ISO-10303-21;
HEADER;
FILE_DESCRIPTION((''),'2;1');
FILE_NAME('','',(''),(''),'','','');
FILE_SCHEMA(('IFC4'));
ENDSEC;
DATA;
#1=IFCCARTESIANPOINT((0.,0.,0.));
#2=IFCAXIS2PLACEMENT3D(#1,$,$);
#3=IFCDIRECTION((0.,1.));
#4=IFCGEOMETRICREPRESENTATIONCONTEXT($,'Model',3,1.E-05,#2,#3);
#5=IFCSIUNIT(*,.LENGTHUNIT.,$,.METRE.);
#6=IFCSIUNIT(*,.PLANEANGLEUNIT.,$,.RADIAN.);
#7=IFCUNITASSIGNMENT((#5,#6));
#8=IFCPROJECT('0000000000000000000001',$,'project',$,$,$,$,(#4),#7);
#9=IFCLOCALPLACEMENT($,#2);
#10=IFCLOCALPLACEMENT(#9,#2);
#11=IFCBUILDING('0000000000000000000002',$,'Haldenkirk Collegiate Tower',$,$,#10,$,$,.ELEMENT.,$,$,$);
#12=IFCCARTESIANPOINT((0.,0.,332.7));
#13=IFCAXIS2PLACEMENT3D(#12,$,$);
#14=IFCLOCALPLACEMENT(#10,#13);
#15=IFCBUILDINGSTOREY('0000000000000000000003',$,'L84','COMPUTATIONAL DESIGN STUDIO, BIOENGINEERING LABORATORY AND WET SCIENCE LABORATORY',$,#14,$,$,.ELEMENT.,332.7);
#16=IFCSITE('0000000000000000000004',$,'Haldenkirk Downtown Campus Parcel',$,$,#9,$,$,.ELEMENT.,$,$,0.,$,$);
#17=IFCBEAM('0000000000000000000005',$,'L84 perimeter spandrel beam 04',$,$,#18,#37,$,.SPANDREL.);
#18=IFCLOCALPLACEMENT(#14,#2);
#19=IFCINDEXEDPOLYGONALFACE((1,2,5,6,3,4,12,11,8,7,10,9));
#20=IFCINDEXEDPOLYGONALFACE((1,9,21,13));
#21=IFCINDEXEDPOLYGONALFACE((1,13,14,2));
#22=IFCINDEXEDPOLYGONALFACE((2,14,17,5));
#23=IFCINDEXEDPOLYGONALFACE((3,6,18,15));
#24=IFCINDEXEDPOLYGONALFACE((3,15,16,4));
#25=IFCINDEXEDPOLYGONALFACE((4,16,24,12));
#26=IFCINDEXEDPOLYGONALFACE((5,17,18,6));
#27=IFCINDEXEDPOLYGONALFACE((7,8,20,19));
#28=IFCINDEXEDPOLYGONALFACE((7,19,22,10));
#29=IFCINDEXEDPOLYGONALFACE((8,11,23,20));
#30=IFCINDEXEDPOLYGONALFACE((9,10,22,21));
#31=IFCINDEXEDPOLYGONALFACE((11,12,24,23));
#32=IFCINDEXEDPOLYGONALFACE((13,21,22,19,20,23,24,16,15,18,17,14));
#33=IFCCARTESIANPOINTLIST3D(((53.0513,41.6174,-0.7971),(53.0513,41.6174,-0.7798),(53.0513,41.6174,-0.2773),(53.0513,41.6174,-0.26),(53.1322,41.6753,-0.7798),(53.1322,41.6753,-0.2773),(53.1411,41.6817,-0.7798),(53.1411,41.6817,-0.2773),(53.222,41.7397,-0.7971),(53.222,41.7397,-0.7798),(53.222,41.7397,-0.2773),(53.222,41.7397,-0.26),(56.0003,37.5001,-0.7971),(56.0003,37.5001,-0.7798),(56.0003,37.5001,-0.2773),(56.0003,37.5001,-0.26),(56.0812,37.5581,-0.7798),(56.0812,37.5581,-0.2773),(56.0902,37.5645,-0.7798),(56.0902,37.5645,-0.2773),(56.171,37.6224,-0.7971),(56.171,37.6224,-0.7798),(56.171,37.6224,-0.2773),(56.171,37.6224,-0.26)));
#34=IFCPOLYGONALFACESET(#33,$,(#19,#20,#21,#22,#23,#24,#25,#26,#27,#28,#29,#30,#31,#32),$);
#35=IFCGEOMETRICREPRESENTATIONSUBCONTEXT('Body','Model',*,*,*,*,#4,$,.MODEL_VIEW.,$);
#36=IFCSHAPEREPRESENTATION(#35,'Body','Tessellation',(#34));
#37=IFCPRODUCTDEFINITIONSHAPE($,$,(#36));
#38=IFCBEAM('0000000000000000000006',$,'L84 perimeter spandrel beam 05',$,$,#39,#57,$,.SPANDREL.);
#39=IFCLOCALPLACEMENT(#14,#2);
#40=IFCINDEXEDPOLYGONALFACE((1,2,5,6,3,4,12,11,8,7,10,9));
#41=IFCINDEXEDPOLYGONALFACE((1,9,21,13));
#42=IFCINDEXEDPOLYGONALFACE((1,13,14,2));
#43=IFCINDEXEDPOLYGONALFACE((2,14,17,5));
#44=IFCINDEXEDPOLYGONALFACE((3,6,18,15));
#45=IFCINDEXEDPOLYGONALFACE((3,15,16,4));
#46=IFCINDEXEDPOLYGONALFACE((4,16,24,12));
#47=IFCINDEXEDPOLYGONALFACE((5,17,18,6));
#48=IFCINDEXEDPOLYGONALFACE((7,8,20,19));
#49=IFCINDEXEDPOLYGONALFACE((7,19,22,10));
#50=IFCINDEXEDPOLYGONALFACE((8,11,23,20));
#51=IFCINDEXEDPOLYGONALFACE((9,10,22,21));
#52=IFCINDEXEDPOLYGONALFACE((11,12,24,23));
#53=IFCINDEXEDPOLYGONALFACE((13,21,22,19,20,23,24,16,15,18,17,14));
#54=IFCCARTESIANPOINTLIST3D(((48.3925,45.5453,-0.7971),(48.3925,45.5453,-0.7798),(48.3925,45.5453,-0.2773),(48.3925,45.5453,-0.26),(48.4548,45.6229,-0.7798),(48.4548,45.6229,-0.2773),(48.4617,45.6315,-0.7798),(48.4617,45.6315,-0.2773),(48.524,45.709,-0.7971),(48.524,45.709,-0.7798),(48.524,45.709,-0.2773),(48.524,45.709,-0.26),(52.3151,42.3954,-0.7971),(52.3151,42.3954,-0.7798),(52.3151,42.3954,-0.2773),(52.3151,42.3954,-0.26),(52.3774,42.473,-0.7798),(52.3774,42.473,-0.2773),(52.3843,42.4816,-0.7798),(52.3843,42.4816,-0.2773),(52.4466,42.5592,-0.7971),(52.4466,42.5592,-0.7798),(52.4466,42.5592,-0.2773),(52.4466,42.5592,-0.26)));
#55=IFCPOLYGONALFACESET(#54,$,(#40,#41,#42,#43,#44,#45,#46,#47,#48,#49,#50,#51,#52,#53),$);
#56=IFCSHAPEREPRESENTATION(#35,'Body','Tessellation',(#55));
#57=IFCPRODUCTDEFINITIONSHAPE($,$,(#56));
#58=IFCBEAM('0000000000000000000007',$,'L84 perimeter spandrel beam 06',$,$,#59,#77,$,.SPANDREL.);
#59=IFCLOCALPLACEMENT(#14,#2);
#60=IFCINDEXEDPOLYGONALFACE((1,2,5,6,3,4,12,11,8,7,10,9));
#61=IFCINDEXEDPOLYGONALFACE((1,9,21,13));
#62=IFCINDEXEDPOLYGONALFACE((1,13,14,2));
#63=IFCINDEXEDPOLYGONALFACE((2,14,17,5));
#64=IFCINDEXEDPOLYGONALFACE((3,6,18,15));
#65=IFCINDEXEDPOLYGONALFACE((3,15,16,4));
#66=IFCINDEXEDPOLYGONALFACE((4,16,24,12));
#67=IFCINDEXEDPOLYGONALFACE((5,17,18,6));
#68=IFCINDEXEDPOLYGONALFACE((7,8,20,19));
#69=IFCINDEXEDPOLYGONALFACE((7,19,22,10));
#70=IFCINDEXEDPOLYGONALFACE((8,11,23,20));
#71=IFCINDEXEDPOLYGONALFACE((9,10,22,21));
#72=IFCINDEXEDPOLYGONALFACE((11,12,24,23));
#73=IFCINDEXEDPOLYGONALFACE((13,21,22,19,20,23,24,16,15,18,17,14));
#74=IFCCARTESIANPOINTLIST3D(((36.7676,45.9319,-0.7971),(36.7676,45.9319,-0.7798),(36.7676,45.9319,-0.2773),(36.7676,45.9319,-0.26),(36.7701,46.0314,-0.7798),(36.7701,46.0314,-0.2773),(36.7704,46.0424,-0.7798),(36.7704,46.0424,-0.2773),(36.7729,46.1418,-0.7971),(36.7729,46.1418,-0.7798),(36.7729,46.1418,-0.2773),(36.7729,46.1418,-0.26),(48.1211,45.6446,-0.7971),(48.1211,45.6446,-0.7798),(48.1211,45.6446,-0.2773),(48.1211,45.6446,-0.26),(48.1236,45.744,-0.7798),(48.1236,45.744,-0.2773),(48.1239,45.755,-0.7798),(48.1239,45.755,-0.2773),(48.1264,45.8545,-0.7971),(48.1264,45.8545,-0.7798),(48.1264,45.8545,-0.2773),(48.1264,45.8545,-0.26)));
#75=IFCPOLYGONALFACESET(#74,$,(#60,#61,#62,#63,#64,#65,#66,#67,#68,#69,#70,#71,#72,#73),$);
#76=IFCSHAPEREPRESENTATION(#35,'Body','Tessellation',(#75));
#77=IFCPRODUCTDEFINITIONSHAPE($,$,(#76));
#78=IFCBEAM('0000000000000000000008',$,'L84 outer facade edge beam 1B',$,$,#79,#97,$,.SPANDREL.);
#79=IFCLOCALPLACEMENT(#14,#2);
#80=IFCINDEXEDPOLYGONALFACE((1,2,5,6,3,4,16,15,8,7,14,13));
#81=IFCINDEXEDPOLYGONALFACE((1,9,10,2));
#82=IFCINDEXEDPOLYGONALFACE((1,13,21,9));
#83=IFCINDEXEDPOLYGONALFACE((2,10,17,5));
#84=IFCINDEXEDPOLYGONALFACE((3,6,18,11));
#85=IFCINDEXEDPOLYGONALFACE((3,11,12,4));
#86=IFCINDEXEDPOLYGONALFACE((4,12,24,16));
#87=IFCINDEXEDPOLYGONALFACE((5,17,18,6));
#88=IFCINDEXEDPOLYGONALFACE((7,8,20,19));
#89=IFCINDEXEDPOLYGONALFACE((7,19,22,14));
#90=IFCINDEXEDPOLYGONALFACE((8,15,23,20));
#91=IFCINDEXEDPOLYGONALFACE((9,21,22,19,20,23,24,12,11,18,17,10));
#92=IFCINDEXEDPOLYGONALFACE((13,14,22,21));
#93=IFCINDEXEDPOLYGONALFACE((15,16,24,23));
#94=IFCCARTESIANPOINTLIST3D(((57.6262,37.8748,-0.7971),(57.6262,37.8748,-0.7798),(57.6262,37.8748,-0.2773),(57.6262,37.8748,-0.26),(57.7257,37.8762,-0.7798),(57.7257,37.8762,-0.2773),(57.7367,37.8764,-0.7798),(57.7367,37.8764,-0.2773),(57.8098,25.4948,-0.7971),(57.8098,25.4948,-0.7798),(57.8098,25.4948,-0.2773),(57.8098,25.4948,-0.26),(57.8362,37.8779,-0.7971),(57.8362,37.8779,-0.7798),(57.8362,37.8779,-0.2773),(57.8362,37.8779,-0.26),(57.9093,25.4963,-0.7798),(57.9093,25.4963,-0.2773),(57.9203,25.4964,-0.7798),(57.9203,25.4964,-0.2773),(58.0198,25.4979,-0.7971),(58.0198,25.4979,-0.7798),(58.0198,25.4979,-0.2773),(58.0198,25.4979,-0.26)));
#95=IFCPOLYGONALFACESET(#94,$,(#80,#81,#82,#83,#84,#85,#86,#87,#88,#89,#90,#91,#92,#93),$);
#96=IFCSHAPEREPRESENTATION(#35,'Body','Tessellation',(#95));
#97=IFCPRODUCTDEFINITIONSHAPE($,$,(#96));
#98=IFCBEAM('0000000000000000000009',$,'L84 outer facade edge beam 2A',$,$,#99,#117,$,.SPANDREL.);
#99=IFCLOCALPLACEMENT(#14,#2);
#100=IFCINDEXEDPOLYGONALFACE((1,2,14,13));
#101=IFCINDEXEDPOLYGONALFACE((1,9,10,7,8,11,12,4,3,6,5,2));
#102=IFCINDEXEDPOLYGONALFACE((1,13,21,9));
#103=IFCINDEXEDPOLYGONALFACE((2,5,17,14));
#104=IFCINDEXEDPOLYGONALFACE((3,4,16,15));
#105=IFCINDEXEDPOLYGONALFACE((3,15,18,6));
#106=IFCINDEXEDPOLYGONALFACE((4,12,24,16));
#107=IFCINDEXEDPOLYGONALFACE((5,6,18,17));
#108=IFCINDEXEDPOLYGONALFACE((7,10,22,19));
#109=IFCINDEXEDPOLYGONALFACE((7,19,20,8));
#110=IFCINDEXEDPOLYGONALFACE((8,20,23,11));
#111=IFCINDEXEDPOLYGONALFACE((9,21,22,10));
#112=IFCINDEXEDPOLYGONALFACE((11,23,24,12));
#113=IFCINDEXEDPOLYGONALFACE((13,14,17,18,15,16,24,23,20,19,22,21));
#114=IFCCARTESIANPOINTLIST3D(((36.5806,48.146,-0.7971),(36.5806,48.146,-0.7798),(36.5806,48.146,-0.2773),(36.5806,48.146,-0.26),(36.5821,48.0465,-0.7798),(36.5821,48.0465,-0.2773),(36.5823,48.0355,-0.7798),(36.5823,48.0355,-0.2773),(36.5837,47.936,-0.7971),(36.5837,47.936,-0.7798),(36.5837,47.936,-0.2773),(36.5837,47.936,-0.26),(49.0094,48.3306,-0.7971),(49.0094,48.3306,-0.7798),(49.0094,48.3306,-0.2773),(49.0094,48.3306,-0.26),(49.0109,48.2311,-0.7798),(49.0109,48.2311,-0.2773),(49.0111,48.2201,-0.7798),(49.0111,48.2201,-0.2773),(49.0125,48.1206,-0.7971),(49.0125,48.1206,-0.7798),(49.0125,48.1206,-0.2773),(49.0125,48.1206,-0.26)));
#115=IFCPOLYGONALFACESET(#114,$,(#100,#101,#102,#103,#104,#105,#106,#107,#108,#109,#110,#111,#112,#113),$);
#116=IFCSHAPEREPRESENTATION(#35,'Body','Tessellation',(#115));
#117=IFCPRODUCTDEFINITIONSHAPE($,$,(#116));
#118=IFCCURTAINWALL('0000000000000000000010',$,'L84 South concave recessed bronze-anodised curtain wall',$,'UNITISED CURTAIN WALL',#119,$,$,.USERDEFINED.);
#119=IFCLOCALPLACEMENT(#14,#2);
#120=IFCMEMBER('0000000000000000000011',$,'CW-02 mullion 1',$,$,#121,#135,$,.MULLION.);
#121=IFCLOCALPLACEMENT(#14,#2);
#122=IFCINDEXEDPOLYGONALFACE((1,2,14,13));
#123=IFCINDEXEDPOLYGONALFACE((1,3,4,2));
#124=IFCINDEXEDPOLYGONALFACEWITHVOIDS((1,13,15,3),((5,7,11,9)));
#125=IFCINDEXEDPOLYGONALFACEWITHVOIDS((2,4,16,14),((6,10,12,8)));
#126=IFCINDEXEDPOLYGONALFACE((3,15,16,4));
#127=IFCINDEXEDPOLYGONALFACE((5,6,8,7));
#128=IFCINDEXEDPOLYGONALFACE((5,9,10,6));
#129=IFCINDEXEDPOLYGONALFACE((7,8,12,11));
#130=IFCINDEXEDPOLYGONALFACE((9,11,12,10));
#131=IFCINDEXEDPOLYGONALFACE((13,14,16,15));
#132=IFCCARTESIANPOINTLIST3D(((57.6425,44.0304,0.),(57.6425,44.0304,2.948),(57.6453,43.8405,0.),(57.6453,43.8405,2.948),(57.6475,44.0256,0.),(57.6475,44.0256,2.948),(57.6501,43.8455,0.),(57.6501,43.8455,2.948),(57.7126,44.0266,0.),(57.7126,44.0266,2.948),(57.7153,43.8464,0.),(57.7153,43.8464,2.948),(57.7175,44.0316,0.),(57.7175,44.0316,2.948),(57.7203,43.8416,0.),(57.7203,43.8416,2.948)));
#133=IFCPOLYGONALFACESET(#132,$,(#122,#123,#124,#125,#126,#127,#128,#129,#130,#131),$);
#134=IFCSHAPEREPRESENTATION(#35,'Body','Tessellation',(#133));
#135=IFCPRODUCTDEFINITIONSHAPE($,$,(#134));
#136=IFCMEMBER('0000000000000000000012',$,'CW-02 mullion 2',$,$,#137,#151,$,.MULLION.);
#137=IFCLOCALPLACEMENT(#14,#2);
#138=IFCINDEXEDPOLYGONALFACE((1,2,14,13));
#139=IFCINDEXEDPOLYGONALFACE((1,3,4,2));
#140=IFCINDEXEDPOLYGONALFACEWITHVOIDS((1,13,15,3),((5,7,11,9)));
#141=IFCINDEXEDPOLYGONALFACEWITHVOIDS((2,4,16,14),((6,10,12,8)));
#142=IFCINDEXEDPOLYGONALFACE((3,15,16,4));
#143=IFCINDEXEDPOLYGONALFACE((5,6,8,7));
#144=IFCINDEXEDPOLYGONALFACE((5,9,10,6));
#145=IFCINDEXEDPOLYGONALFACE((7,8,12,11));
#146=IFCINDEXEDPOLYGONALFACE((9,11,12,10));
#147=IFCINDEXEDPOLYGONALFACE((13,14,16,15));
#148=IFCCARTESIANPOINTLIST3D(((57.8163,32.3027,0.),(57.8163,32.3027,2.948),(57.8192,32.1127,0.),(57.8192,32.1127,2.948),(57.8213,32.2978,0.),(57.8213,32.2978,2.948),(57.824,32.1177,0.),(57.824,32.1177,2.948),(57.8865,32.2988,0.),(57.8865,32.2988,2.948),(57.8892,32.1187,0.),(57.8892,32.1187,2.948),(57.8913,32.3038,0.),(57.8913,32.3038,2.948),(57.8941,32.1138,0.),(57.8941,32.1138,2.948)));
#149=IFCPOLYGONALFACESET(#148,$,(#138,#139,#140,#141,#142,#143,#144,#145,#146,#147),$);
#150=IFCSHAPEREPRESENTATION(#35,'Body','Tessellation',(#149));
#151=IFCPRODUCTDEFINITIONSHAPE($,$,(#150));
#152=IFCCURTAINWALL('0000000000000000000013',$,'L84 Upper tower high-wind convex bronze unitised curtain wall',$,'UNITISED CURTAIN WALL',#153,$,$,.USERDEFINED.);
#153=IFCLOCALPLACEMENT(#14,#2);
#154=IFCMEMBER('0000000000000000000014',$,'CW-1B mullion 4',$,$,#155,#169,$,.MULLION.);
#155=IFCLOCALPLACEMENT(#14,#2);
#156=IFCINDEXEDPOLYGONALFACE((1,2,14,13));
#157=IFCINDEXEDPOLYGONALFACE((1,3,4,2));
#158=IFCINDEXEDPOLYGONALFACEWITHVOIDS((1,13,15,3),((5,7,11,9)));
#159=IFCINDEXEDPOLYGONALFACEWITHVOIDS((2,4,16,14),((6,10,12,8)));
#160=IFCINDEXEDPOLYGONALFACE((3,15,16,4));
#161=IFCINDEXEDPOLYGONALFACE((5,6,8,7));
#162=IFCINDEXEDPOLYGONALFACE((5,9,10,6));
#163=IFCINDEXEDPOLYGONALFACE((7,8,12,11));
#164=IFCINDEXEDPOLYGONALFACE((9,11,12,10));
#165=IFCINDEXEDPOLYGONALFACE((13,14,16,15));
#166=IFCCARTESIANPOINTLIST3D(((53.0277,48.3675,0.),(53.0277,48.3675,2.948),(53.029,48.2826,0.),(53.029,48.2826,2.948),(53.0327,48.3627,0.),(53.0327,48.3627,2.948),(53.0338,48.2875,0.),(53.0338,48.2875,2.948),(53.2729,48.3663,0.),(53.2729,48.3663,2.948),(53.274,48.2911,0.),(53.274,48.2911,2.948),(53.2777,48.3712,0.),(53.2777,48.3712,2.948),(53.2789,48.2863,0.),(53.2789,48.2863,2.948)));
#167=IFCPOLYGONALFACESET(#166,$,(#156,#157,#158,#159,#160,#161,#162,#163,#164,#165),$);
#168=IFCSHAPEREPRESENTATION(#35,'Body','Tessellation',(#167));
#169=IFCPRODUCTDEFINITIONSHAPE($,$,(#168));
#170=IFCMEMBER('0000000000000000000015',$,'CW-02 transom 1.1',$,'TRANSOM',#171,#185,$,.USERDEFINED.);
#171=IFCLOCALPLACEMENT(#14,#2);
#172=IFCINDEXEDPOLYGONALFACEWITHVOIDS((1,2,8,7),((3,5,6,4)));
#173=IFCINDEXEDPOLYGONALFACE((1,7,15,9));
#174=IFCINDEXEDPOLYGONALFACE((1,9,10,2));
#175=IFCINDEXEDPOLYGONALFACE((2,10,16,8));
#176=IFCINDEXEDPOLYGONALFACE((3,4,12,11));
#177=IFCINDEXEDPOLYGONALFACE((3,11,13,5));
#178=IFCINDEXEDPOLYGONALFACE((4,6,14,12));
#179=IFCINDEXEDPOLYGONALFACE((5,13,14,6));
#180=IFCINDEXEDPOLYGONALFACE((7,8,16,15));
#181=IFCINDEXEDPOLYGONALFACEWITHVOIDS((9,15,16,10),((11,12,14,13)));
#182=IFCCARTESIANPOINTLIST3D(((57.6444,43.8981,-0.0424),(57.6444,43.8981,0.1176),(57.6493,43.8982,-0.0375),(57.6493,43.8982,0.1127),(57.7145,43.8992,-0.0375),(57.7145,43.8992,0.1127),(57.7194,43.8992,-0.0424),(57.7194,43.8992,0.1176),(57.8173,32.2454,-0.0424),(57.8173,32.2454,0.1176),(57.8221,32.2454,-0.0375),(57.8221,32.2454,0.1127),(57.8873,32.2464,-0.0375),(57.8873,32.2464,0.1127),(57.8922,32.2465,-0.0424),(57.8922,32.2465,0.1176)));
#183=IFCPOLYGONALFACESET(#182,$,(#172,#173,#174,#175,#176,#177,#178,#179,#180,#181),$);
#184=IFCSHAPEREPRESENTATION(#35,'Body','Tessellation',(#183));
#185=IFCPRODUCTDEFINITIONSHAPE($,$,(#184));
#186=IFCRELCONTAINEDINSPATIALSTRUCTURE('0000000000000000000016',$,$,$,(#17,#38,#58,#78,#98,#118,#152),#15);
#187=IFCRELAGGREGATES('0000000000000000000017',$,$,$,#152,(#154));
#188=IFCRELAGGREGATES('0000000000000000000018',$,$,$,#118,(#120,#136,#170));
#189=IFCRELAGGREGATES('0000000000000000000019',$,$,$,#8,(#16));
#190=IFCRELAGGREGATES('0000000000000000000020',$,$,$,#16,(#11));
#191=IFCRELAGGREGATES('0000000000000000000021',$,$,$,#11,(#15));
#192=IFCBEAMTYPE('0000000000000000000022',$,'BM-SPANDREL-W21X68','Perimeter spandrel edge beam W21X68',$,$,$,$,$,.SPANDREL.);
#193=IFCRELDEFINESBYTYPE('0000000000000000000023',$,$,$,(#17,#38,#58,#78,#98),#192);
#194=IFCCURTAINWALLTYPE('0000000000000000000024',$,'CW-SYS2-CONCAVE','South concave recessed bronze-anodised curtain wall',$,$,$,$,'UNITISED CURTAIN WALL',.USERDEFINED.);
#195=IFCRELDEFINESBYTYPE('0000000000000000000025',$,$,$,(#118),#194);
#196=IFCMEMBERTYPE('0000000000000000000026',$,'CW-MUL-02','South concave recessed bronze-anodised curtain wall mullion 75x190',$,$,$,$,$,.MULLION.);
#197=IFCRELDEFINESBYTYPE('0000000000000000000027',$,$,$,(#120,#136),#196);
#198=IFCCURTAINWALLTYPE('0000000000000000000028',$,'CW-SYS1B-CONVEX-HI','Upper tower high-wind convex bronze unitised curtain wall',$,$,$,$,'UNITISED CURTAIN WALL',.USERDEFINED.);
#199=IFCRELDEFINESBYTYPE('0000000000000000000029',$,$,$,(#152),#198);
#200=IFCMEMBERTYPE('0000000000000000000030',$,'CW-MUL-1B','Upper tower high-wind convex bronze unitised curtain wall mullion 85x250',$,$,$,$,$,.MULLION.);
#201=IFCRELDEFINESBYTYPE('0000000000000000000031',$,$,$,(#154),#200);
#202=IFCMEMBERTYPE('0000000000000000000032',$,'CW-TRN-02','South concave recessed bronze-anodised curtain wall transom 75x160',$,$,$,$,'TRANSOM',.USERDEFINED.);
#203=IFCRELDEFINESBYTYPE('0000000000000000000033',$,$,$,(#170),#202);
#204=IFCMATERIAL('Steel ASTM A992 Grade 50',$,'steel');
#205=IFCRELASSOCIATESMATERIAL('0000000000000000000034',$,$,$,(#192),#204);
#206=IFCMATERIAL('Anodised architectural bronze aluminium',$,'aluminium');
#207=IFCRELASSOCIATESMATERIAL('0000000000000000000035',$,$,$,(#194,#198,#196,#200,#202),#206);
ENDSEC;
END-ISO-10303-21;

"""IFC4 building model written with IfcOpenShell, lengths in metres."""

from ifc_helpers import new_model, si_unit, direction, frame, origin, origin_2d, place, context, subcontext, project, spatial, hollow_rectangle, i_section, extrude, material, material_profile, profile_set, type_object, element, aggregate, save


model = new_model("IFC4")

# Units and contexts
model_context = context("Model", 3, precision=1e-05, world=origin(), true_north=direction((0.0, 1.0)))
body_context = subcontext(model_context, "Body", "Model", "MODEL_VIEW")
ifc_project = project(units=[si_unit("LENGTHUNIT", "METRE"), si_unit("PLANEANGLEUNIT", "RADIAN")], contexts=[model_context])

# Site, building, storey
site_placement = place(None, origin())
site = spatial("IfcSite", under=ifc_project, at=site_placement, Name="Haldenkirk Downtown Campus Parcel", CompositionType="ELEMENT", RefElevation=0.0)
building_placement = place(site_placement, origin())
building = spatial("IfcBuilding", under=site, at=building_placement, Name="Haldenkirk Collegiate Tower", CompositionType="ELEMENT")
storey_placement = place(building_placement, frame((0.0, 0.0, 332.7)))
storey = spatial("IfcBuildingStorey", under=building, at=storey_placement, Name="L84", Description="COMPUTATIONAL DESIGN STUDIO, BIOENGINEERING LABORATORY AND WET SCIENCE LABORATORY", CompositionType="ELEMENT", Elevation=332.7)

# Beams
ifc_material_1 = material(Name="Steel ASTM A992 Grade 50", Category="steel")
ifc_material_profile_1 = material_profile(ifc_material_1, i_section(OverallWidth=0.21, OverallDepth=0.5371, WebThickness=0.011, FlangeThickness=0.0173, at=origin_2d()), Name="W21X68")
ifc_profile_set_1 = profile_set([ifc_material_profile_1], Name="Steel ASTM A992 Grade 50")
beam_type_1 = type_object("IfcBeamType", Name="BM-SPANDREL-W21X68", Description="Perimeter spandrel edge beam W21X68", PredefinedType="SPANDREL", material=ifc_profile_set_1)
beam_1_placement = place(storey_placement, frame((56.0857, 37.5613, -0.5286), z_axis=(-0.5823, 0.812974, 0.0), x_axis=(-0.812974, -0.5823, 0.0)))
element("IfcBeam", 1, at=beam_1_placement, inside=storey, type_object=beam_type_1, Name="L84 perimeter spandrel beam 04", PredefinedType="SPANDREL", context=body_context, shape_type="SweptSolid", body=[
    extrude(i_section(OverallWidth=0.21, OverallDepth=0.5371, WebThickness=0.011, FlangeThickness=0.0173, at=origin_2d()), origin(), (0.0, 0.0, 1.0), 5.0645),
])
beam_2_placement = place(storey_placement, frame((52.3809, 42.4773, -0.5286), z_axis=(-0.779722, 0.626126, 0.0), x_axis=(-0.626126, -0.779722, 0.0)))
element("IfcBeam", 2, at=beam_2_placement, inside=storey, type_object=beam_type_1, Name="L84 perimeter spandrel beam 05", PredefinedType="SPANDREL", context=body_context, shape_type="SweptSolid", body=[
    extrude(i_section(OverallWidth=0.21, OverallDepth=0.5371, WebThickness=0.011, FlangeThickness=0.0173, at=origin_2d()), origin(), (0.0, 0.0, 1.0), 5.0308),
])
beam_3_placement = place(storey_placement, frame((48.1238, 45.7495, -0.5286), z_axis=(-0.99968, 0.025302, 0.0), x_axis=(-0.025302, -0.99968, 0.0)))
element("IfcBeam", 3, at=beam_3_placement, inside=storey, type_object=beam_type_1, Name="L84 perimeter spandrel beam 06", PredefinedType="SPANDREL", context=body_context, shape_type="SweptSolid", body=[
    extrude(i_section(OverallWidth=0.21, OverallDepth=0.5371, WebThickness=0.011, FlangeThickness=0.0173, at=origin_2d()), origin(), (0.0, 0.0, 1.0), 11.3572),
])
beam_4_placement = place(storey_placement, frame((57.9148, 25.4963, -0.5286), z_axis=(-0.014828, 0.99989, 0.0), x_axis=(-0.99989, -0.014828, 0.0)))
element("IfcBeam", 4, at=beam_4_placement, inside=storey, type_object=beam_type_1, Name="L84 outer facade edge beam 1B", PredefinedType="SPANDREL", context=body_context, shape_type="SweptSolid", body=[
    extrude(i_section(OverallWidth=0.21, OverallDepth=0.5371, WebThickness=0.011, FlangeThickness=0.0173, at=origin_2d()), origin(), (0.0, 0.0, 1.0), 12.3813),
])
beam_5_placement = place(storey_placement, frame((49.011, 48.2256, -0.5286), z_axis=(-0.99989, -0.014849, 0.0), x_axis=(0.014849, -0.99989, 0.0)))
element("IfcBeam", 5, at=beam_5_placement, inside=storey, type_object=beam_type_1, Name="L84 outer facade edge beam 2A", PredefinedType="SPANDREL", context=body_context, shape_type="SweptSolid", body=[
    extrude(i_section(OverallWidth=0.21, OverallDepth=0.5371, WebThickness=0.011, FlangeThickness=0.0173, at=origin_2d()), origin(), (0.0, 0.0, 1.0), 12.4302),
])

# Curtain wall, members
ifc_material_2 = material(Name="Anodised architectural bronze aluminium", Category="aluminium")
curtain_wall_type_1 = type_object("IfcCurtainWallType", Name="CW-SYS2-CONCAVE", Description="South concave recessed bronze-anodised curtain wall", ElementType="UNITISED CURTAIN WALL", PredefinedType="USERDEFINED", material=ifc_material_2)
curtain_wall_1_placement = place(storey_placement, origin())
curtain_wall_1 = element("IfcCurtainWall", 6, at=curtain_wall_1_placement, inside=storey, type_object=curtain_wall_type_1, Name="L84 South concave recessed bronze-anodised curtain wall", ObjectType="UNITISED CURTAIN WALL", PredefinedType="USERDEFINED")
ifc_material_profile_2 = material_profile(ifc_material_2, hollow_rectangle(XDim=0.075, YDim=0.1899, WallThickness=0.0049, at=origin_2d()), Name="CW-MUL-02")
ifc_profile_set_2 = profile_set([ifc_material_profile_2], Name="Anodised architectural bronze aluminium")
member_type_1 = type_object("IfcMemberType", Name="CW-MUL-02", Description="South concave recessed bronze-anodised curtain wall mullion 75x190", PredefinedType="MULLION", material=ifc_profile_set_2)
member_1_placement = place(storey_placement, frame((57.6814, 43.936, 0.0), z_axis=(0.0, 0.0, 1.0), x_axis=(0.99989, 0.014833, 0.0)))
member_1 = element("IfcMember", 7, at=member_1_placement, type_object=member_type_1, Name="CW-02 mullion 1", PredefinedType="MULLION", context=body_context, shape_type="SweptSolid", body=[
    extrude(hollow_rectangle(XDim=0.075, YDim=0.1899, WallThickness=0.0049, at=origin_2d()), origin(), (0.0, 0.0, 1.0), 2.948),
])
member_2_placement = place(storey_placement, frame((57.8552, 32.2083, 0.0), z_axis=(0.0, 0.0, 1.0), x_axis=(0.99989, 0.014833, 0.0)))
member_2 = element("IfcMember", 8, at=member_2_placement, type_object=member_type_1, Name="CW-02 mullion 2", PredefinedType="MULLION", context=body_context, shape_type="SweptSolid", body=[
    extrude(hollow_rectangle(XDim=0.075, YDim=0.1899, WallThickness=0.0049, at=origin_2d()), origin(), (0.0, 0.0, 1.0), 2.948),
])

# Curtain wall, member
curtain_wall_type_2 = type_object("IfcCurtainWallType", Name="CW-SYS1B-CONVEX-HI", Description="Upper tower high-wind convex bronze unitised curtain wall", ElementType="UNITISED CURTAIN WALL", PredefinedType="USERDEFINED", material=ifc_material_2)
curtain_wall_2_placement = place(storey_placement, origin())
curtain_wall_2 = element("IfcCurtainWall", 9, at=curtain_wall_2_placement, inside=storey, type_object=curtain_wall_type_2, Name="L84 Upper tower high-wind convex bronze unitised curtain wall", ObjectType="UNITISED CURTAIN WALL", PredefinedType="USERDEFINED")
ifc_material_profile_3 = material_profile(ifc_material_2, hollow_rectangle(XDim=0.085, YDim=0.25, WallThickness=0.0049, at=origin_2d()), Name="CW-MUL-1B")
ifc_profile_set_3 = profile_set([ifc_material_profile_3], Name="Anodised architectural bronze aluminium")
member_type_2 = type_object("IfcMemberType", Name="CW-MUL-1B", Description="Upper tower high-wind convex bronze unitised curtain wall mullion 85x250", PredefinedType="MULLION", material=ifc_profile_set_3)
member_3_placement = place(storey_placement, frame((53.1533, 48.3269, 0.0), z_axis=(0.0, 0.0, 1.0), x_axis=(-0.014833, 0.99989, 0.0)))
member_3 = element("IfcMember", 10, at=member_3_placement, type_object=member_type_2, Name="CW-1B mullion 4", PredefinedType="MULLION", context=body_context, shape_type="SweptSolid", body=[
    extrude(hollow_rectangle(XDim=0.085, YDim=0.25, WallThickness=0.0049, at=origin_2d()), origin(), (0.0, 0.0, 1.0), 2.948),
])
aggregate(curtain_wall_2, [member_3])

# Member
ifc_material_profile_4 = material_profile(ifc_material_2, hollow_rectangle(XDim=0.075, YDim=0.1599, WallThickness=0.0049, at=origin_2d()), Name="CW-TRN-02")
ifc_profile_set_4 = profile_set([ifc_material_profile_4], Name="Anodised architectural bronze aluminium")
member_type_3 = type_object("IfcMemberType", Name="CW-TRN-02", Description="South concave recessed bronze-anodised curtain wall transom 75x160", ElementType="TRANSOM", PredefinedType="USERDEFINED", material=ifc_profile_set_4)
member_4_placement = place(storey_placement, frame((57.6819, 43.8987, 0.0376), z_axis=(0.014832, -0.99989, 0.0), x_axis=(0.99989, 0.014832, 0.0)))
member_4 = element("IfcMember", 11, at=member_4_placement, type_object=member_type_3, Name="CW-02 transom 1.1", ObjectType="TRANSOM", PredefinedType="USERDEFINED", context=body_context, shape_type="SweptSolid", body=[
    extrude(hollow_rectangle(XDim=0.075, YDim=0.1599, WallThickness=0.0049, at=origin_2d()), origin(), (0.0, 0.0, 1.0), 11.6541),
])

aggregate(curtain_wall_1, [member_1, member_2, member_4])

save(model, "model.ifc")
